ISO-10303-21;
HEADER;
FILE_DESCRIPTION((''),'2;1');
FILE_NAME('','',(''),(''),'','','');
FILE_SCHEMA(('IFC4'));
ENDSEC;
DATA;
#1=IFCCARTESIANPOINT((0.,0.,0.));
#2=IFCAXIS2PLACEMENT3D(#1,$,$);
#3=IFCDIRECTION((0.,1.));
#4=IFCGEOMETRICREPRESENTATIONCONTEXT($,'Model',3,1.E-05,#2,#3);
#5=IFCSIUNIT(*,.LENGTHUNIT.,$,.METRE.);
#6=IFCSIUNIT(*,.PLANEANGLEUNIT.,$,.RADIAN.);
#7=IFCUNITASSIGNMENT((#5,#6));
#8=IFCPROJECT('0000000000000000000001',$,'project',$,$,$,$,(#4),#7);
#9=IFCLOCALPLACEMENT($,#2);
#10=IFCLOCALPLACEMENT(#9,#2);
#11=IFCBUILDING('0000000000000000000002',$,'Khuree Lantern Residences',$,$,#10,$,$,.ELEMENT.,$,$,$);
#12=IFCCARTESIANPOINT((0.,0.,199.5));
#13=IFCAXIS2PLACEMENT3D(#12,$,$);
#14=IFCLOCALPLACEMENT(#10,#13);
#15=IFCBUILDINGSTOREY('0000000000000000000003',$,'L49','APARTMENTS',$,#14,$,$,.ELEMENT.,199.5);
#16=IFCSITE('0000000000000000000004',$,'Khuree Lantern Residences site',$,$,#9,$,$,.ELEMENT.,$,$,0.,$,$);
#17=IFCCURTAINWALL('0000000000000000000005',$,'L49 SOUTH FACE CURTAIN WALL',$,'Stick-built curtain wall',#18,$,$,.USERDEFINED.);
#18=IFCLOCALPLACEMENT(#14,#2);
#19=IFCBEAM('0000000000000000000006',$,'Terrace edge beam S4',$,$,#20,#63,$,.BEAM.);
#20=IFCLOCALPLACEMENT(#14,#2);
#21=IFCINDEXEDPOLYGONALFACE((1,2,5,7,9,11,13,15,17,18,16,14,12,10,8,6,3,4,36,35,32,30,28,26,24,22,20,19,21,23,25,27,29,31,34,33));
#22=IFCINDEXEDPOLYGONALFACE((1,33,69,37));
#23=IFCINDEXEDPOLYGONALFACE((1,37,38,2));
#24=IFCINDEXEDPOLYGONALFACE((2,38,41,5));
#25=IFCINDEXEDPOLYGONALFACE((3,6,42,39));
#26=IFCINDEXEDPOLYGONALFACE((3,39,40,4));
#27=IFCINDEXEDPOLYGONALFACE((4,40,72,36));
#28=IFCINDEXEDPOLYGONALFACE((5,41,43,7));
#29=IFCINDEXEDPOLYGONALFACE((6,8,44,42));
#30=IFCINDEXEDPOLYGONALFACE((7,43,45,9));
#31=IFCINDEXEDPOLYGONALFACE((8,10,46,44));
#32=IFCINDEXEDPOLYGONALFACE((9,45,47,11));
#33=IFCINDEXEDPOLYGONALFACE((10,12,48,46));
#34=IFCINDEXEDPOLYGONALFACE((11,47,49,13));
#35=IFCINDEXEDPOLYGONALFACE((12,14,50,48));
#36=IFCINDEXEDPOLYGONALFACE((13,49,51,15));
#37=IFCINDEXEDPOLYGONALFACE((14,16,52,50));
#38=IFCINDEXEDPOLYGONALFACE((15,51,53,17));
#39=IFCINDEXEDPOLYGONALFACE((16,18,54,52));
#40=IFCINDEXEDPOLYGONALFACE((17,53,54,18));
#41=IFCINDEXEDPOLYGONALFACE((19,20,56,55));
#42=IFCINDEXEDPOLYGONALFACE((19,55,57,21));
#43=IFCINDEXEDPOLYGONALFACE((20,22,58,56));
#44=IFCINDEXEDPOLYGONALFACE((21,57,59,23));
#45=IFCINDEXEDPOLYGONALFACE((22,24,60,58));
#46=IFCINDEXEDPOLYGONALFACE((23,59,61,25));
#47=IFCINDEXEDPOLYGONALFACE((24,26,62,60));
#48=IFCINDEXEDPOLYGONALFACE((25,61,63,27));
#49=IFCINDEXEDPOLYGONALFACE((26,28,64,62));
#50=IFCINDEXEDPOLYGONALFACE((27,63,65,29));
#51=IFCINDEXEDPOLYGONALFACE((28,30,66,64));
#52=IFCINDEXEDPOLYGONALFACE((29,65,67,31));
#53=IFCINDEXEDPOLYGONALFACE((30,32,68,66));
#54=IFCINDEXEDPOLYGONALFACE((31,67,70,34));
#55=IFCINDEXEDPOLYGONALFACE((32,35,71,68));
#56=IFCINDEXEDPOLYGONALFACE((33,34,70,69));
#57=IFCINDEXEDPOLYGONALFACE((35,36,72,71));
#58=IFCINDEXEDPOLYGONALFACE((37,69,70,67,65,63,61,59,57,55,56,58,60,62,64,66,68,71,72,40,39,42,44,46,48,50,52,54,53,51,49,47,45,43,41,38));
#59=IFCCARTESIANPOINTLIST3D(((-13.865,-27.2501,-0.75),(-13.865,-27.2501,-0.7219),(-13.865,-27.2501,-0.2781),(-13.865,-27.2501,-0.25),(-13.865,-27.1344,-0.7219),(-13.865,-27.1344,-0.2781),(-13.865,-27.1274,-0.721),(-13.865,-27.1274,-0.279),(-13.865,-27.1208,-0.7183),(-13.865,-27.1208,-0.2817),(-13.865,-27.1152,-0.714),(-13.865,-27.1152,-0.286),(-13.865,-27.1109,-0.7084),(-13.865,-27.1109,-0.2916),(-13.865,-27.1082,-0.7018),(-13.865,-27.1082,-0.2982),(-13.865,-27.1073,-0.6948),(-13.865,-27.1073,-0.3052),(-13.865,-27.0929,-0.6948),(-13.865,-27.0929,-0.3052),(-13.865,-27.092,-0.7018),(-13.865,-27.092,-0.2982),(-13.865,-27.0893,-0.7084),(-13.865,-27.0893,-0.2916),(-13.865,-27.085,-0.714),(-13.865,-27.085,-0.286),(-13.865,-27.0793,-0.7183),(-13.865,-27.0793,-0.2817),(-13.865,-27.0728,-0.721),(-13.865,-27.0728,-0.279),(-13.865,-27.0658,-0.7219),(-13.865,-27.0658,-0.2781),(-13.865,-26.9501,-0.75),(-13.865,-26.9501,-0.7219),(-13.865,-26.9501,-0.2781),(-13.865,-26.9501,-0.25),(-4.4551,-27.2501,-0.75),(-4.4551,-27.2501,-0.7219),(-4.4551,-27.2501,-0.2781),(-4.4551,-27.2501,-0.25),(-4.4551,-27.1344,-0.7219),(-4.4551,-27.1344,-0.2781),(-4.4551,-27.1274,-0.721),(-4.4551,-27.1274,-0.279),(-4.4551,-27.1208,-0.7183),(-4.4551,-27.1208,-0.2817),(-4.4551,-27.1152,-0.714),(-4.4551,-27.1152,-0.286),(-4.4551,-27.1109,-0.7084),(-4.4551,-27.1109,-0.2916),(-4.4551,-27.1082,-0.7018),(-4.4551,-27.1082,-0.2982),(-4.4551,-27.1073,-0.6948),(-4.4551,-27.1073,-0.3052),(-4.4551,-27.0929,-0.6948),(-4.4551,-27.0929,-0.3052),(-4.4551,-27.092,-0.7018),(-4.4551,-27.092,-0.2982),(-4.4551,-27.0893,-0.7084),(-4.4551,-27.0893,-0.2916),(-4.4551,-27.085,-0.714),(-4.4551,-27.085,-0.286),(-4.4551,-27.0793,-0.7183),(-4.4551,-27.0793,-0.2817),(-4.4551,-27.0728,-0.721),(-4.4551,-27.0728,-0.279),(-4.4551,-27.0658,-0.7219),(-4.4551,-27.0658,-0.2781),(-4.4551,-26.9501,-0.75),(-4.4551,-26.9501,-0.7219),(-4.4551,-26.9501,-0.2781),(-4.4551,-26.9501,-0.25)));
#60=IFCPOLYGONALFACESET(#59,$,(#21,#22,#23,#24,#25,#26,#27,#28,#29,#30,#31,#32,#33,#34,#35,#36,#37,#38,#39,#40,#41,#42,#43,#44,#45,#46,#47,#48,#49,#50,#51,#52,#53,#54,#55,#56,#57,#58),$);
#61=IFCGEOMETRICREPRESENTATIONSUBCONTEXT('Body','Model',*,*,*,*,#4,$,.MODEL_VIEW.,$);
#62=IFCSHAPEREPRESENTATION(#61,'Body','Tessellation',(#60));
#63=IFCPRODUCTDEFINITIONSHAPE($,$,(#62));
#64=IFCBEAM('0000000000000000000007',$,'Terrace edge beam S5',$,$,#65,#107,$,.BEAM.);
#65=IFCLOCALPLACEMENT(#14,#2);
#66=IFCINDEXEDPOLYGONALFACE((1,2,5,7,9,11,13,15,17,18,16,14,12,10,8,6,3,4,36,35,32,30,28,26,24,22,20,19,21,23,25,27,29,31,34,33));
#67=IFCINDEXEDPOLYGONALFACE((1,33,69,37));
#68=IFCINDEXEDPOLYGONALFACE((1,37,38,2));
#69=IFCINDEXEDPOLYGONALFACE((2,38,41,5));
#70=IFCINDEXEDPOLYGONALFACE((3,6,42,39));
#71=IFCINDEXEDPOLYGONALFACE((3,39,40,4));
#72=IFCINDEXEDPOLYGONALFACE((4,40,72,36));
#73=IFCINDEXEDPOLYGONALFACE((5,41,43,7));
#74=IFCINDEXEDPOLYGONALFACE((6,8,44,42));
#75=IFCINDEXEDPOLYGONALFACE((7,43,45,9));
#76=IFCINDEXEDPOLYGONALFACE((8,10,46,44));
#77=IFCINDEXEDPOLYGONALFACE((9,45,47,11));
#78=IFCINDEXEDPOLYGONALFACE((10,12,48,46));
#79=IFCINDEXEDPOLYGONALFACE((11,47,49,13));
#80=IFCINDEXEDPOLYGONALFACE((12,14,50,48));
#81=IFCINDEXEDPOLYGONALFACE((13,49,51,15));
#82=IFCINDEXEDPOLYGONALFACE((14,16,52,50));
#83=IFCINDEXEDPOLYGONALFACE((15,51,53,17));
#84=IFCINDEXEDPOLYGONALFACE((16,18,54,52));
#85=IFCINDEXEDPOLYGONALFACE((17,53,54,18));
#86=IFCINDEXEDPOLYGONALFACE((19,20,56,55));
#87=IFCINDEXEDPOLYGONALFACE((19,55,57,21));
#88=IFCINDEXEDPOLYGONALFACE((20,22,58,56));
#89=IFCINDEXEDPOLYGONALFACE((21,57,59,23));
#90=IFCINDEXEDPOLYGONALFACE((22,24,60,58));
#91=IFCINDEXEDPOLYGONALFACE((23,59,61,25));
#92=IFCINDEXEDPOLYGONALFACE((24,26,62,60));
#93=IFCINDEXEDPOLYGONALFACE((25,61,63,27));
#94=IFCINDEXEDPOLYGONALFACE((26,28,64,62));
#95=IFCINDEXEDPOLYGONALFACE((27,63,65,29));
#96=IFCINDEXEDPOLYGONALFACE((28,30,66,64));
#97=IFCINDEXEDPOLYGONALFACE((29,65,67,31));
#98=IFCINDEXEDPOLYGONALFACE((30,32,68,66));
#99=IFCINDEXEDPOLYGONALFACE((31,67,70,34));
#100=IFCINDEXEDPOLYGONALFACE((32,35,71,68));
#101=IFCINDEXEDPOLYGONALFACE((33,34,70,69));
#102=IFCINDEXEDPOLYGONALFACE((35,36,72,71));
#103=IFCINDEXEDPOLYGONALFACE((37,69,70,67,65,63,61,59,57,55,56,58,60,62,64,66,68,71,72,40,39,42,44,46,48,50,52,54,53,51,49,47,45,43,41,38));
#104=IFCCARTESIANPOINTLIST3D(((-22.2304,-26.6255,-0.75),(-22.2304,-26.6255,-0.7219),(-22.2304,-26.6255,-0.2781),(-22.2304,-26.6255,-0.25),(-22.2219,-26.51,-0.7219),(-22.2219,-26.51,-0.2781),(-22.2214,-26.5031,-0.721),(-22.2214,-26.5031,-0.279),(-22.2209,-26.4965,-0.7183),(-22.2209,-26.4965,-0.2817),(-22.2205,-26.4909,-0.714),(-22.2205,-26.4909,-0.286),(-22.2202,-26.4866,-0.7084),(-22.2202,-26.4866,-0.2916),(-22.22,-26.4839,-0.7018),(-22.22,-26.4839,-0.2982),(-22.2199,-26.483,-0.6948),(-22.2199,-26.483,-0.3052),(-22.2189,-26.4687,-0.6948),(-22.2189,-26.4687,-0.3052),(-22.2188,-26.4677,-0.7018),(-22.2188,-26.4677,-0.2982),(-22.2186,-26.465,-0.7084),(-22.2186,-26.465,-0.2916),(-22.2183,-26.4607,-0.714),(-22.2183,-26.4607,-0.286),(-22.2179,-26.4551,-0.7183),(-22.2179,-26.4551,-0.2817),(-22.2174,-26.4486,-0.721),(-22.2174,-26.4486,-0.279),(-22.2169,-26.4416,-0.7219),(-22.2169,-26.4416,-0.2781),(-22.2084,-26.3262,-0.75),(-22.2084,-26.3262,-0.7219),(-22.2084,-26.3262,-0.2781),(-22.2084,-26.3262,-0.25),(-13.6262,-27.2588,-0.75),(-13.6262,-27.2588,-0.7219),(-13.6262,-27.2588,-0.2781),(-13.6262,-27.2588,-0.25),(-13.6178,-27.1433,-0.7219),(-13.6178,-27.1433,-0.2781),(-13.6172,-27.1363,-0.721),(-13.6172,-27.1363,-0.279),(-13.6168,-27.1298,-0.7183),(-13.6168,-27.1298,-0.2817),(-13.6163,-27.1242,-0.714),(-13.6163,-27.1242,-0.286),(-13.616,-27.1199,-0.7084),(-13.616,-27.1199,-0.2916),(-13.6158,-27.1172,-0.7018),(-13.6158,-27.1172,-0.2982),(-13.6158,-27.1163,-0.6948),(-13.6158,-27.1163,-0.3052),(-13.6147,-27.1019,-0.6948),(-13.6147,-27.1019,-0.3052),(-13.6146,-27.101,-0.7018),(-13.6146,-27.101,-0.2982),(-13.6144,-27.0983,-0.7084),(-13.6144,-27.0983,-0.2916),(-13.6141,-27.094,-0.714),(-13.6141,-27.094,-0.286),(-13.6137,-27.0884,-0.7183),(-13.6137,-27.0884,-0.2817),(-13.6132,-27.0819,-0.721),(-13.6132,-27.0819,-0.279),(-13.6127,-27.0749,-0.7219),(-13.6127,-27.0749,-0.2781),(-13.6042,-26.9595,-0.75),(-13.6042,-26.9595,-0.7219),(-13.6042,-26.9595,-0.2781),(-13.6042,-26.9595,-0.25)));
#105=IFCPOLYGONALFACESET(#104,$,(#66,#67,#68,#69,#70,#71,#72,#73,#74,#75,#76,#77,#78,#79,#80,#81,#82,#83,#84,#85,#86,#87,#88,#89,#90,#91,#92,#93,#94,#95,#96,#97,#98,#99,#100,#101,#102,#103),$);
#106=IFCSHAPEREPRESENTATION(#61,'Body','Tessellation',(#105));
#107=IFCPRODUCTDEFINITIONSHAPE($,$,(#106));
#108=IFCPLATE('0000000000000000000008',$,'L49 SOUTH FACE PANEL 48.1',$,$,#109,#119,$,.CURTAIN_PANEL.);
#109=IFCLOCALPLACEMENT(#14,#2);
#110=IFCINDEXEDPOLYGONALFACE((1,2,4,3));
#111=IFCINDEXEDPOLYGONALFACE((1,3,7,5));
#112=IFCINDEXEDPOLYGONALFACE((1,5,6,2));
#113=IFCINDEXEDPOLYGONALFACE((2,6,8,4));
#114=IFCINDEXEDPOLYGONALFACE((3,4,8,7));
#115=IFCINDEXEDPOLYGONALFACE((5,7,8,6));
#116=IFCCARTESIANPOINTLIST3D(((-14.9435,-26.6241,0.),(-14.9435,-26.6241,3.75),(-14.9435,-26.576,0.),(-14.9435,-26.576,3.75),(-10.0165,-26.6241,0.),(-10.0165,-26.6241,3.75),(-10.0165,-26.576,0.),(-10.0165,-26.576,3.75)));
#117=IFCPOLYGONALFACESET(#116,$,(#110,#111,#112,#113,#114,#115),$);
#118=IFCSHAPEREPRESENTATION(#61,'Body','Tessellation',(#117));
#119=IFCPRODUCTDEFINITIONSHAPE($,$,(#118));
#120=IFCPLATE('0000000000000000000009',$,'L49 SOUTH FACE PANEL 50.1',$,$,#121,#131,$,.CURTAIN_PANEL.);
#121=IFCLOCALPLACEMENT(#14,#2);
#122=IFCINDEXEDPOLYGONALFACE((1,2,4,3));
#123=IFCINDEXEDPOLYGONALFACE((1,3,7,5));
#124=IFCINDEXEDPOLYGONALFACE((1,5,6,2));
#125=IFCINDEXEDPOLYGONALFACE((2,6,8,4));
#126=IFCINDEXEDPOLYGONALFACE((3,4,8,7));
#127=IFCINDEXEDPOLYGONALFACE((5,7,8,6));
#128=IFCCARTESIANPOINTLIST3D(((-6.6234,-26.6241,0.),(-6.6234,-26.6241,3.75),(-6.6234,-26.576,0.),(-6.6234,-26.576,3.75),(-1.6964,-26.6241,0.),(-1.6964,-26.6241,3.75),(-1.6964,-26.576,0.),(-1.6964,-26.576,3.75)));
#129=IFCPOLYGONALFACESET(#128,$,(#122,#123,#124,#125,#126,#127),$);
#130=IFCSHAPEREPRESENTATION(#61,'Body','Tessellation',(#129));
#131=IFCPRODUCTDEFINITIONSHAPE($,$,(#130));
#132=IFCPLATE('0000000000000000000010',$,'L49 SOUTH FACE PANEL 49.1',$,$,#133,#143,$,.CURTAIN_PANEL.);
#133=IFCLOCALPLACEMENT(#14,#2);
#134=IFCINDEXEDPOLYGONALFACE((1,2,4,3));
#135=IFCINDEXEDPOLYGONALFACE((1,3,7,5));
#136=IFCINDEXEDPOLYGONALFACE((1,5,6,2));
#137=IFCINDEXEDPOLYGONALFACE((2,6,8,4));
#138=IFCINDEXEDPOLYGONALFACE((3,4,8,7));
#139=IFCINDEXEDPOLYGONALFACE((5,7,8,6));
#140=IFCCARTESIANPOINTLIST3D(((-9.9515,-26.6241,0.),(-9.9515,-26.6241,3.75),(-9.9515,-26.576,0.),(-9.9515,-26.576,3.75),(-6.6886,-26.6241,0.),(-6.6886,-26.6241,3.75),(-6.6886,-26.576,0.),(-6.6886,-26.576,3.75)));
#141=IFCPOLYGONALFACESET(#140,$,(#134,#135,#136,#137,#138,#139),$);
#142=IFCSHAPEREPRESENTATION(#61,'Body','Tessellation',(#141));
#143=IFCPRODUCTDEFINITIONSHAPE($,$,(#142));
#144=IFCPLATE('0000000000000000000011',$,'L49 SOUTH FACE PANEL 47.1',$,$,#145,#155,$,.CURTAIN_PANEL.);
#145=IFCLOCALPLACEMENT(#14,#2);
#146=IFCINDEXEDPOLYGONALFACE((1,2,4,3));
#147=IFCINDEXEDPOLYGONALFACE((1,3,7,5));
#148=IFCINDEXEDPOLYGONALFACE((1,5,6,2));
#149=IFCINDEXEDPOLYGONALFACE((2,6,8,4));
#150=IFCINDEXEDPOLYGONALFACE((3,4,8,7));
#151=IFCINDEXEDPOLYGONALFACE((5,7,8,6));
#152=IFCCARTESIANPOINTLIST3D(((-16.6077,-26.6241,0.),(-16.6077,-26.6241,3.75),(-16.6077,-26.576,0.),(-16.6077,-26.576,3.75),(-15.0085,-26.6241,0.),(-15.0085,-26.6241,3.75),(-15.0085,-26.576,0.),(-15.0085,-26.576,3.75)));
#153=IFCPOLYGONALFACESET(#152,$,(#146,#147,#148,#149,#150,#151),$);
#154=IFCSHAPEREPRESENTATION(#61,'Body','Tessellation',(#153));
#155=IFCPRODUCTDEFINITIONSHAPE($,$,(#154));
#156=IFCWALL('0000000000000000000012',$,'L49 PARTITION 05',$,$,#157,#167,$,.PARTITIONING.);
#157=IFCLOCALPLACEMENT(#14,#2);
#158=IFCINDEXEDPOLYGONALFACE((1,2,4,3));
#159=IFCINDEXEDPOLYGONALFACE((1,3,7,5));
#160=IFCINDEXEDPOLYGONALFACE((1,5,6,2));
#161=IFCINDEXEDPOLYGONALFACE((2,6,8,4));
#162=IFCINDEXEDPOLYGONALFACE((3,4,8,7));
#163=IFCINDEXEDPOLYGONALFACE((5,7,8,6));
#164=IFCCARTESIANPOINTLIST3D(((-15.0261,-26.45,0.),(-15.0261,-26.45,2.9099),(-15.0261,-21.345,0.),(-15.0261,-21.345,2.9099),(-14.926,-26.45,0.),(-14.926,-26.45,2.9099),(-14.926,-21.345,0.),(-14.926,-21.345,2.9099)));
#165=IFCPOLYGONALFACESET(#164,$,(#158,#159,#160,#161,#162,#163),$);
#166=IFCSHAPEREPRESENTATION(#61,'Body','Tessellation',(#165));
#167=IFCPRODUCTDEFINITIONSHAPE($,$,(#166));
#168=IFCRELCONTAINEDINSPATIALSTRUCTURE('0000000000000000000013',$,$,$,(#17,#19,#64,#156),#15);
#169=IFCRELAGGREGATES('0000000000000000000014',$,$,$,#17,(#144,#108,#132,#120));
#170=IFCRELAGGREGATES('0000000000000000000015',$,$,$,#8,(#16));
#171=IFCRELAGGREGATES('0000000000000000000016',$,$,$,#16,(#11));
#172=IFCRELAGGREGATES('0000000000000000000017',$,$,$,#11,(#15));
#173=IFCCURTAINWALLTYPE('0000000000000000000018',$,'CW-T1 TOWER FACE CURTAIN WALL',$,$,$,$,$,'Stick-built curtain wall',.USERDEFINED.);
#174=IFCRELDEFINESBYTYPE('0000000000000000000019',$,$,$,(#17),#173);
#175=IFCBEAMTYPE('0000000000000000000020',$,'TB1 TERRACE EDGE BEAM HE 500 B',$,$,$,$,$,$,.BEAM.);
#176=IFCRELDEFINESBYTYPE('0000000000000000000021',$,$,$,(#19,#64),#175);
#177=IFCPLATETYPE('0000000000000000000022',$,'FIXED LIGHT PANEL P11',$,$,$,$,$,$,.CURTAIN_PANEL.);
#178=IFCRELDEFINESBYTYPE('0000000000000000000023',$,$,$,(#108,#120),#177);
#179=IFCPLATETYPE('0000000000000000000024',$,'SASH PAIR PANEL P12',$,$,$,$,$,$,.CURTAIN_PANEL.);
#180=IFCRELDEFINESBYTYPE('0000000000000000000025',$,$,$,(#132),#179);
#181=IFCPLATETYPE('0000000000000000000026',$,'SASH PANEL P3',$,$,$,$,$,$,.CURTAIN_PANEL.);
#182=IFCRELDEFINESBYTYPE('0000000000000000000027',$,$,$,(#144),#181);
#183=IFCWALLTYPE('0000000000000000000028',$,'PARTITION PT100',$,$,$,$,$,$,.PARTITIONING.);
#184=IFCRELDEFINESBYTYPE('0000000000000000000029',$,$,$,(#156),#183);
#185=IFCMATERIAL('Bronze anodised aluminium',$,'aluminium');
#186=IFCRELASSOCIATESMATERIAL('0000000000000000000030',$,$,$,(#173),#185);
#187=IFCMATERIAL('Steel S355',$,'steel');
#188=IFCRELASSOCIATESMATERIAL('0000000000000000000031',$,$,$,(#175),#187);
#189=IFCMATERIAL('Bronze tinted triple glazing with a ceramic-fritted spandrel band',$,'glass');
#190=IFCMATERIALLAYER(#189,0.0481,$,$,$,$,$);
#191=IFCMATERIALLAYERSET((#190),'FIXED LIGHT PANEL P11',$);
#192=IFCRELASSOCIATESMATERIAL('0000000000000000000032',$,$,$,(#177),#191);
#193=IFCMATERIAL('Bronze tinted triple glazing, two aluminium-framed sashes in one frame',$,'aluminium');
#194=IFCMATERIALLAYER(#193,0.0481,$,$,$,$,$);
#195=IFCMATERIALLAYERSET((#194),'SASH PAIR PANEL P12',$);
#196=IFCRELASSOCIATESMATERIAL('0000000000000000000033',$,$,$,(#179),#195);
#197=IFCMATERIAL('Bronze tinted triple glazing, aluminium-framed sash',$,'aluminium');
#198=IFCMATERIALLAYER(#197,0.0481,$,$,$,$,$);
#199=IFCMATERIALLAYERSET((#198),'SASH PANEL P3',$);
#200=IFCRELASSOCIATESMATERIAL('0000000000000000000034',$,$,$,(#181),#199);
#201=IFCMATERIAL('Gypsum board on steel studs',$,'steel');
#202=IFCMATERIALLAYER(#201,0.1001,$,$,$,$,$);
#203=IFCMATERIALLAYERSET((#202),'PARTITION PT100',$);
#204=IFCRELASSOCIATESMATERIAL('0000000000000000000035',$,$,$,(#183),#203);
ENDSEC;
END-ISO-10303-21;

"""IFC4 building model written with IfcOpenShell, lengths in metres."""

from ifc_helpers import new_model, si_unit, direction, frame, frame_2d, origin, origin_2d, place, context, subcontext, project, spatial, rectangle, i_section, extrude, material, layer, layer_set, material_profile, profile_set, type_object, element, aggregate, save


model = new_model("IFC4")

# Units and contexts
model_context = context("Model", 3, precision=1e-05, world=origin(), true_north=direction((0.0, 1.0)))
body_context = subcontext(model_context, "Body", "Model", "MODEL_VIEW")
ifc_project = project(units=[si_unit("LENGTHUNIT", "METRE"), si_unit("PLANEANGLEUNIT", "RADIAN")], contexts=[model_context])

# Site, building, storey
site_placement = place(None, origin())
site = spatial("IfcSite", under=ifc_project, at=site_placement, Name="Khuree Lantern Residences site", CompositionType="ELEMENT", RefElevation=0.0)
building_placement = place(site_placement, origin())
building = spatial("IfcBuilding", under=site, at=building_placement, Name="Khuree Lantern Residences", CompositionType="ELEMENT")
storey_placement = place(building_placement, frame((0.0, 0.0, 199.5)))
storey = spatial("IfcBuildingStorey", under=building, at=storey_placement, Name="L49", Description="APARTMENTS", CompositionType="ELEMENT", Elevation=199.5)

# Shared definitions
ifc_material_1 = material(Name="Steel S355", Category="steel")

# Curtain wall
ifc_material_2 = material(Name="Bronze anodised aluminium", Category="aluminium")
curtain_wall_type = type_object("IfcCurtainWallType", Name="CW-T1 TOWER FACE CURTAIN WALL", ElementType="Stick-built curtain wall", PredefinedType="USERDEFINED", material=ifc_material_2)
curtain_wall_placement = place(storey_placement, origin())
curtain_wall = element("IfcCurtainWall", 1, at=curtain_wall_placement, inside=storey, type_object=curtain_wall_type, Name="L49 SOUTH FACE CURTAIN WALL", ObjectType="Stick-built curtain wall", PredefinedType="USERDEFINED")

# Beams
ifc_material_profile_1 = material_profile(ifc_material_1, i_section(OverallWidth=0.3, OverallDepth=0.5, WebThickness=0.0144, FlangeThickness=0.0281, FilletRadius=0.0271, at=origin_2d()), Name="HE 500 B")
ifc_profile_set_1 = profile_set([ifc_material_profile_1], Name="Steel S355")
beam_type_1 = type_object("IfcBeamType", Name="TB1 TERRACE EDGE BEAM HE 500 B", PredefinedType="BEAM", material=ifc_profile_set_1)
beam_1_placement = place(storey_placement, frame((-4.4551, -27.1001, -0.5), z_axis=(-1.0, 0.0, 0.0), x_axis=(0.0, -1.0, 0.0)))
element("IfcBeam", 2, at=beam_1_placement, inside=storey, type_object=beam_type_1, Name="Terrace edge beam S4", PredefinedType="BEAM", context=body_context, shape_type="SweptSolid", body=[
    extrude(i_section(OverallWidth=0.3, OverallDepth=0.5, WebThickness=0.0144, FlangeThickness=0.0281, FilletRadius=0.0271, at=origin_2d()), origin(), (0.0, 0.0, 1.0), 9.4099),
])
beam_2_placement = place(storey_placement, frame((-13.6152, -27.1091, -0.5), z_axis=(-0.997302, 0.073405, 0.0), x_axis=(-0.073405, -0.997302, 0.0)))
element("IfcBeam", 3, at=beam_2_placement, inside=storey, type_object=beam_type_1, Name="Terrace edge beam S5", PredefinedType="BEAM", context=body_context, shape_type="SweptSolid", body=[
    extrude(i_section(OverallWidth=0.3, OverallDepth=0.5, WebThickness=0.0144, FlangeThickness=0.0281, FilletRadius=0.0271, at=origin_2d()), origin(), (0.0, 0.0, 1.0), 8.6274),
])

# Plates
ifc_material_3 = material(Name="Bronze tinted triple glazing with a ceramic-fritted spandrel band", Category="glass")
ifc_layer_1 = layer(ifc_material_3, 0.0481)
ifc_layer_set_1 = layer_set([ifc_layer_1], Name="FIXED LIGHT PANEL P11")
plate_type_1 = type_object("IfcPlateType", Name="FIXED LIGHT PANEL P11", PredefinedType="CURTAIN_PANEL", material=ifc_layer_set_1)
plate_1_placement = place(storey_placement, frame((-12.48, -26.6001, 0.0), z_axis=(0.0, 0.0, 1.0), x_axis=(1.0, 0.0, 0.0)))
plate_1 = element("IfcPlate", 4, at=plate_1_placement, type_object=plate_type_1, Name="L49 SOUTH FACE PANEL 48.1", PredefinedType="CURTAIN_PANEL", context=body_context, shape_type="SweptSolid", body=[
    extrude(rectangle(XDim=4.927, YDim=0.0481, at=origin_2d()), origin(), (0.0, 0.0, 1.0), 3.75),
])
plate_2_placement = place(storey_placement, frame((-4.1599, -26.6001, 0.0), z_axis=(0.0, 0.0, 1.0), x_axis=(1.0, 0.0, 0.0)))
plate_2 = element("IfcPlate", 5, at=plate_2_placement, type_object=plate_type_1, Name="L49 SOUTH FACE PANEL 50.1", PredefinedType="CURTAIN_PANEL", context=body_context, shape_type="SweptSolid", body=[
    extrude(rectangle(XDim=4.927, YDim=0.0481, at=origin_2d()), origin(), (0.0, 0.0, 1.0), 3.75),
])
ifc_material_4 = material(Name="Bronze tinted triple glazing, two aluminium-framed sashes in one frame", Category="aluminium")
ifc_layer_2 = layer(ifc_material_4, 0.0481)
ifc_layer_set_2 = layer_set([ifc_layer_2], Name="SASH PAIR PANEL P12")
plate_type_2 = type_object("IfcPlateType", Name="SASH PAIR PANEL P12", PredefinedType="CURTAIN_PANEL", material=ifc_layer_set_2)
plate_3_placement = place(storey_placement, frame((-8.3201, -26.6001, 0.0), z_axis=(0.0, 0.0, 1.0), x_axis=(1.0, 0.0, 0.0)))
plate_3 = element("IfcPlate", 6, at=plate_3_placement, type_object=plate_type_2, Name="L49 SOUTH FACE PANEL 49.1", PredefinedType="CURTAIN_PANEL", context=body_context, shape_type="SweptSolid", body=[
    extrude(rectangle(XDim=3.2629, YDim=0.0481, at=origin_2d()), origin(), (0.0, 0.0, 1.0), 3.75),
])
ifc_material_5 = material(Name="Bronze tinted triple glazing, aluminium-framed sash", Category="aluminium")
ifc_layer_3 = layer(ifc_material_5, 0.0481)
ifc_layer_set_3 = layer_set([ifc_layer_3], Name="SASH PANEL P3")
plate_type_3 = type_object("IfcPlateType", Name="SASH PANEL P3", PredefinedType="CURTAIN_PANEL", material=ifc_layer_set_3)
plate_4_placement = place(storey_placement, frame((-15.8081, -26.6001, 0.0), z_axis=(0.0, 0.0, 1.0), x_axis=(1.0, 0.0, 0.0)))
plate_4 = element("IfcPlate", 7, at=plate_4_placement, type_object=plate_type_3, Name="L49 SOUTH FACE PANEL 47.1", PredefinedType="CURTAIN_PANEL", context=body_context, shape_type="SweptSolid", body=[
    extrude(rectangle(XDim=1.5991, YDim=0.0481, at=origin_2d()), origin(), (0.0, 0.0, 1.0), 3.75),
])
aggregate(curtain_wall, [plate_4, plate_1, plate_3, plate_2])

# Wall
ifc_material_6 = material(Name="Gypsum board on steel studs", Category="steel")
ifc_layer_4 = layer(ifc_material_6, 0.1001)
ifc_layer_set_4 = layer_set([ifc_layer_4], Name="PARTITION PT100")
wall_type_1 = type_object("IfcWallType", Name="PARTITION PT100", PredefinedType="PARTITIONING", material=ifc_layer_set_4)
wall_1_placement = place(storey_placement, frame((-14.9761, -21.345, 0.0), z_axis=(0.0, 0.0, 1.0), x_axis=(0.0, -1.0, 0.0)))
element("IfcWall", 8, at=wall_1_placement, inside=storey, type_object=wall_type_1, Name="L49 PARTITION 05", PredefinedType="PARTITIONING", context=body_context, shape_type="SweptSolid", body=[
    extrude(rectangle(XDim=5.105, YDim=0.1001, at=frame_2d((2.5525, 0.0))), origin(), (0.0, 0.0, 1.0), 2.9099),
])

save(model, "model.ifc")
